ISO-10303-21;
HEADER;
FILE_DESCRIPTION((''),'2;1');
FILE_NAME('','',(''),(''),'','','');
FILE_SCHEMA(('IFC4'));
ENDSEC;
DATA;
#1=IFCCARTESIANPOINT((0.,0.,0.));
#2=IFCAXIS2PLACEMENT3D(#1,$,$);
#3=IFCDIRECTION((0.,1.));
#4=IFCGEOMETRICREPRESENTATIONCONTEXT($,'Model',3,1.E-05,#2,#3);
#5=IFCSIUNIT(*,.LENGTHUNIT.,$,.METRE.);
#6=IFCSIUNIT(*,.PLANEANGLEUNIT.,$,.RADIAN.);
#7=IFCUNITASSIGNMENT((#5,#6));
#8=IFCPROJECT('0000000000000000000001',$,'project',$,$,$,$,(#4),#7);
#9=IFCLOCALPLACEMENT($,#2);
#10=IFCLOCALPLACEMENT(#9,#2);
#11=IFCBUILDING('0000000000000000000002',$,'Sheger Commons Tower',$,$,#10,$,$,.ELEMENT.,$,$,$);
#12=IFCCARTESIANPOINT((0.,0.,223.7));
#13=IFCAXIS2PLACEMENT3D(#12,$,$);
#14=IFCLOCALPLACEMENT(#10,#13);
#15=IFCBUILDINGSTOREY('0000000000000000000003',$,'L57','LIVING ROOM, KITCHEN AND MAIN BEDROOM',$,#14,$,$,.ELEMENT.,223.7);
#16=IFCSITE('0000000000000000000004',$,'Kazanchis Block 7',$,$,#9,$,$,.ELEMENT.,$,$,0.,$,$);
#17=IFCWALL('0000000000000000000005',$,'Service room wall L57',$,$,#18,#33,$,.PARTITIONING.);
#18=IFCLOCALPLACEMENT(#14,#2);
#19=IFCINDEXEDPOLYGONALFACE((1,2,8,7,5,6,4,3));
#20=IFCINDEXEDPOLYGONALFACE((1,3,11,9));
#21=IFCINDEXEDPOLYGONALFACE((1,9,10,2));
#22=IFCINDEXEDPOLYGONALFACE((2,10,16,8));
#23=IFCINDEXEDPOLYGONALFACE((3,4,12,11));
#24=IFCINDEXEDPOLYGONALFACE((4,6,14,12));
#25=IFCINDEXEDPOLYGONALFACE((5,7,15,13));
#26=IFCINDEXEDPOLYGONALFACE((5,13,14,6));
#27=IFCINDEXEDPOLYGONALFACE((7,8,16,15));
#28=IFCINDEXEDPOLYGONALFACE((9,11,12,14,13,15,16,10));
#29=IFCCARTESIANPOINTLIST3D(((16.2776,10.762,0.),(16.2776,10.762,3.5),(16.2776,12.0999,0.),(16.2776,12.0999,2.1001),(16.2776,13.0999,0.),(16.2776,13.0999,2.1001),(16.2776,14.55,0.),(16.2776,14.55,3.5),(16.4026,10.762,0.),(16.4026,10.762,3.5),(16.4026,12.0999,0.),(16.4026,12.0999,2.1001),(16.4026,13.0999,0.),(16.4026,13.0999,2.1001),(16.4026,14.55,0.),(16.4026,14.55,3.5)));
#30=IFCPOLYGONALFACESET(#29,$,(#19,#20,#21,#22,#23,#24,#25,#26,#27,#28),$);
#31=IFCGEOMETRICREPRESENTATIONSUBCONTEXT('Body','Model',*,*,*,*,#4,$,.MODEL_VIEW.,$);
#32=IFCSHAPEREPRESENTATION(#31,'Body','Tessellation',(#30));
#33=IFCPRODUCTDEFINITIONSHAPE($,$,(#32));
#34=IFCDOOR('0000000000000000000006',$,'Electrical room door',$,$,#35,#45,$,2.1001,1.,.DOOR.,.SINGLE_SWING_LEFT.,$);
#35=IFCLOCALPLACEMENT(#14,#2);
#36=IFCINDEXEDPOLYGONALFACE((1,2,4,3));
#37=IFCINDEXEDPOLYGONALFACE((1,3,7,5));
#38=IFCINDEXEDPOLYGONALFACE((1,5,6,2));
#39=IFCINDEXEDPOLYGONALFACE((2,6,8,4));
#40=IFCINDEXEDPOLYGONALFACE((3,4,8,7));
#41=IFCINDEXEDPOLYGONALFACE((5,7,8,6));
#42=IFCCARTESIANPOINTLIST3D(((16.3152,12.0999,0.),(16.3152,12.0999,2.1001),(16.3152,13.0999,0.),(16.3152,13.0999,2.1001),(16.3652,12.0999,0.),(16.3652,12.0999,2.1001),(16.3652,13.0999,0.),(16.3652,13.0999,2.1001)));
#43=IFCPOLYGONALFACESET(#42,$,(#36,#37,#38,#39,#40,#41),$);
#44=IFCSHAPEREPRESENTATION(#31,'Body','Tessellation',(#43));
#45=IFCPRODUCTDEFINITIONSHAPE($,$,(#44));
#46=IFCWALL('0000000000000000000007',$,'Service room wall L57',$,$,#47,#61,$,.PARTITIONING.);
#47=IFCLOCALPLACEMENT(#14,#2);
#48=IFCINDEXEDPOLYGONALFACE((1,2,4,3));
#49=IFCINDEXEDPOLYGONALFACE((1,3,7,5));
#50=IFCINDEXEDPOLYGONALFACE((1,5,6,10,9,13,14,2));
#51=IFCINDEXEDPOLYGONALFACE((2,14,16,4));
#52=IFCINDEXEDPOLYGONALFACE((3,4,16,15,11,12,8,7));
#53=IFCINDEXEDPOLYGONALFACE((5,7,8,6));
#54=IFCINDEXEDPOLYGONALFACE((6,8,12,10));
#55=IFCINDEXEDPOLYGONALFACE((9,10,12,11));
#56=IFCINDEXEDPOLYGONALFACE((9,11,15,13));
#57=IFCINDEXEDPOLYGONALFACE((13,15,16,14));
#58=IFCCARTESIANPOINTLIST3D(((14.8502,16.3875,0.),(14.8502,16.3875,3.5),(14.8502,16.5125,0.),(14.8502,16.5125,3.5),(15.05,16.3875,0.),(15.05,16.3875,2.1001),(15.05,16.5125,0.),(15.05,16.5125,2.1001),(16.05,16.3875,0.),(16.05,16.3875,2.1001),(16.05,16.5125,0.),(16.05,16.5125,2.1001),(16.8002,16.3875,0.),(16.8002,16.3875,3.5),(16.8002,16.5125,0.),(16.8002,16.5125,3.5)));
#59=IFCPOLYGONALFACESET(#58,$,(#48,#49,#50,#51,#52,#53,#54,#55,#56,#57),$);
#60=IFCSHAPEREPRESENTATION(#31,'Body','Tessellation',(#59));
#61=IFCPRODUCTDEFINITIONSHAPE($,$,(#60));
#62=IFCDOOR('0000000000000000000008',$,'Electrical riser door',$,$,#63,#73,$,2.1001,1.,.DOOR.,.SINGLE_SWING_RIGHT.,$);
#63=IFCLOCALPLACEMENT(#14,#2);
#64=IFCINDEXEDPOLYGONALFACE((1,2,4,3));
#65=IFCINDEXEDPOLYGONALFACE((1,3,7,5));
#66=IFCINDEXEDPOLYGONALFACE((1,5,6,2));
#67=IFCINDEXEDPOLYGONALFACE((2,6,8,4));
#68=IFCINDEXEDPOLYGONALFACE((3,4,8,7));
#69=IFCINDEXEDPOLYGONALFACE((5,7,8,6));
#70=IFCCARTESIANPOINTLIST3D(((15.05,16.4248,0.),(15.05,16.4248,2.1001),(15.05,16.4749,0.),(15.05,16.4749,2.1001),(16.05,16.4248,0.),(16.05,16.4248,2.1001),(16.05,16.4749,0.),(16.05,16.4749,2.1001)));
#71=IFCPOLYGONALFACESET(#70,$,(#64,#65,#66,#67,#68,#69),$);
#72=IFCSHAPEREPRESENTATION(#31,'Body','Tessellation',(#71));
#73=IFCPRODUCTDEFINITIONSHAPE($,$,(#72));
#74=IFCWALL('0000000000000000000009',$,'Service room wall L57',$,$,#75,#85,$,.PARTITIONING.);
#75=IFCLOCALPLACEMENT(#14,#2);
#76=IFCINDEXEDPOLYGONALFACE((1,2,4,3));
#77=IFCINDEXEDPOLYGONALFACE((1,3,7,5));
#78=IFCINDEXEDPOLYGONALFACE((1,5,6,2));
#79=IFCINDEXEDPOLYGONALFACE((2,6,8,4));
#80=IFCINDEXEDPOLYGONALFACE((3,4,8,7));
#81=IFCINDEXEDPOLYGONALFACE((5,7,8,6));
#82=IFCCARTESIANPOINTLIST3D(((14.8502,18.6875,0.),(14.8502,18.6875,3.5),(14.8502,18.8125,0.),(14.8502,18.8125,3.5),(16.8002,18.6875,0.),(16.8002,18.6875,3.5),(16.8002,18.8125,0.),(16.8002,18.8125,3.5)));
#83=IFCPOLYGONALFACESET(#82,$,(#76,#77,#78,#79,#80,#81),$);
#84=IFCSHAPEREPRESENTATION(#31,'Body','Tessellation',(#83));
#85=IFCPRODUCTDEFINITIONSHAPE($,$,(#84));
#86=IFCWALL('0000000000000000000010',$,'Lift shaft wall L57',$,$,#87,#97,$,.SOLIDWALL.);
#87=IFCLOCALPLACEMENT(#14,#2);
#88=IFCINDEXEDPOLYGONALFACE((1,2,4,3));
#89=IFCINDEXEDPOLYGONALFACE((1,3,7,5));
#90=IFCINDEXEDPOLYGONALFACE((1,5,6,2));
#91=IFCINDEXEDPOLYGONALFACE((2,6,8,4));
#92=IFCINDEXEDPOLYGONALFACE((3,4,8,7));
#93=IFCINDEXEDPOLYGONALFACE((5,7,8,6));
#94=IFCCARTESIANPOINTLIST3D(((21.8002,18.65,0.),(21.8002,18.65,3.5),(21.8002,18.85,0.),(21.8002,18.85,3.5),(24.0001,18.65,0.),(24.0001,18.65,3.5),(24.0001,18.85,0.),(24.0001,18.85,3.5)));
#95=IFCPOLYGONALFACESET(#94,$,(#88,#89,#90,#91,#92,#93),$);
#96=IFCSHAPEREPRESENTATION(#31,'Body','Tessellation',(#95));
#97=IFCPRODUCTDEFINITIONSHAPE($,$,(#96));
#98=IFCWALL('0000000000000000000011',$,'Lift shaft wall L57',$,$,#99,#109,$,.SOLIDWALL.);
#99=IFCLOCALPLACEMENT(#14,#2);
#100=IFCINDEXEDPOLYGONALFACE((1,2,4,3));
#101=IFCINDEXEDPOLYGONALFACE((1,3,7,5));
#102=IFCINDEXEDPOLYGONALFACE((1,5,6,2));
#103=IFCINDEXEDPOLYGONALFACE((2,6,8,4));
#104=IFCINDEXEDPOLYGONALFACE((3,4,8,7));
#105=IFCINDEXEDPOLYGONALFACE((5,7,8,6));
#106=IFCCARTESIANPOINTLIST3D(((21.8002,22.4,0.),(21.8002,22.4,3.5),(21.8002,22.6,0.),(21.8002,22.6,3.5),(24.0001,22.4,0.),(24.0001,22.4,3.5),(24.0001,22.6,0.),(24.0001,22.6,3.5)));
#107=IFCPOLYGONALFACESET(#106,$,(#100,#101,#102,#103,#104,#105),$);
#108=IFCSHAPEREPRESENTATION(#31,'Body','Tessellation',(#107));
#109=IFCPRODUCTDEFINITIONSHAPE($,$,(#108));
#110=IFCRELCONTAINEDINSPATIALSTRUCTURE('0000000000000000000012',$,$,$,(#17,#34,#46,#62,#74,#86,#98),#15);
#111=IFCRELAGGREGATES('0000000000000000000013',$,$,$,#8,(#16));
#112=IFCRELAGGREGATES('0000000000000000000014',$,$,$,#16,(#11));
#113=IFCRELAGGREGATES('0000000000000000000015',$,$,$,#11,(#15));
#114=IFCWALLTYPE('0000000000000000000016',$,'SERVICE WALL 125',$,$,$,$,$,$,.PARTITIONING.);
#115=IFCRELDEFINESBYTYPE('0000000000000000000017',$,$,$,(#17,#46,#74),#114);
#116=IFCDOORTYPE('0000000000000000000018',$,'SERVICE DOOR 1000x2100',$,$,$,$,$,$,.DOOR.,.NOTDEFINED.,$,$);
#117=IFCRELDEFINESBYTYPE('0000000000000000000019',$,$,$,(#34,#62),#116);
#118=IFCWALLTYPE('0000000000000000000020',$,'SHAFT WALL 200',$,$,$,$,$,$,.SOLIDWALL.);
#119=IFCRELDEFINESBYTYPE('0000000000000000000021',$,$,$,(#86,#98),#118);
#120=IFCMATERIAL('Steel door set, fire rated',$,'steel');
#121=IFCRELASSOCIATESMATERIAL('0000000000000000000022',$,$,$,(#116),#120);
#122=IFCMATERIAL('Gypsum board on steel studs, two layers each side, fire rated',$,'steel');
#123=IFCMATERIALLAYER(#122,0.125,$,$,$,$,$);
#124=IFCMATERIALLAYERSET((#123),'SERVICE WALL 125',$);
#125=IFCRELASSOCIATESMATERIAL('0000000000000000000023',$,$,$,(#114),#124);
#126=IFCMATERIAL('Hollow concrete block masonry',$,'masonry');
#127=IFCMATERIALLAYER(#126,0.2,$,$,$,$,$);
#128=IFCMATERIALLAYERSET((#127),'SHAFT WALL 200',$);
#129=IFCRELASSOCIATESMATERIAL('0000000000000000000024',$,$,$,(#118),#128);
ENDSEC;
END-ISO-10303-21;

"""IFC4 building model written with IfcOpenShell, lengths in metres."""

from ifc_helpers import new_model, si_unit, direction, frame, frame_2d, origin, place, context, subcontext, project, spatial, rectangle, extrude, material, layer, layer_set, type_object, element, fill, save


model = new_model("IFC4")

# Units and contexts
model_context = context("Model", 3, precision=1e-05, world=origin(), true_north=direction((0.0, 1.0)))
body_context = subcontext(model_context, "Body", "Model", "MODEL_VIEW")
ifc_project = project(units=[si_unit("LENGTHUNIT", "METRE"), si_unit("PLANEANGLEUNIT", "RADIAN")], contexts=[model_context])

# Site, building, storey
site_placement = place(None, origin())
site = spatial("IfcSite", under=ifc_project, at=site_placement, Name="Kazanchis Block 7", CompositionType="ELEMENT", RefElevation=0.0)
building_placement = place(site_placement, origin())
building = spatial("IfcBuilding", under=site, at=building_placement, Name="Sheger Commons Tower", CompositionType="ELEMENT")
storey_placement = place(building_placement, frame((0.0, 0.0, 223.7)))
storey = spatial("IfcBuildingStorey", under=building, at=storey_placement, Name="L57", Description="LIVING ROOM, KITCHEN AND MAIN BEDROOM", CompositionType="ELEMENT", Elevation=223.7)

# Shared definitions
ifc_material_1 = material(Name="Steel door set, fire rated", Category="steel")
door_type_1 = type_object("IfcDoorType", Name="SERVICE DOOR 1000x2100", OperationType="NOTDEFINED", PredefinedType="DOOR", material=ifc_material_1)

# Walls, openings, doors
ifc_material_2 = material(Name="Gypsum board on steel studs, two layers each side, fire rated", Category="steel")
ifc_layer_1 = layer(ifc_material_2, 0.125)
ifc_layer_set_1 = layer_set([ifc_layer_1], Name="SERVICE WALL 125")
wall_type_1 = type_object("IfcWallType", Name="SERVICE WALL 125", PredefinedType="PARTITIONING", material=ifc_layer_set_1)
wall_1_placement = place(storey_placement, frame((16.3401, 10.762, 0.0), z_axis=(0.0, 0.0, 1.0), x_axis=(0.0, 1.0, 0.0)))
wall_1 = element("IfcWall", 1, at=wall_1_placement, inside=storey, type_object=wall_type_1, Name="Service room wall L57", PredefinedType="PARTITIONING", context=body_context, shape_type="SweptSolid", body=[
    extrude(rectangle(XDim=3.7881, YDim=0.125, at=frame_2d((1.894, 0.0))), origin(), (0.0, 0.0, 1.0), 3.5),
])
opening_1_placement = place(wall_1_placement, frame((1.3379, 0.0, 0.0)))
opening_1 = element("IfcOpeningElement", 2, at=opening_1_placement, cuts=wall_1, PredefinedType="OPENING", context=body_context, shape_type="SweptSolid", body=[
    extrude(rectangle(XDim=1.0, YDim=2.1001, at=frame_2d((0.5, 1.05))), frame((0.0, 0.0725, 0.0), z_axis=(0.0, -1.0, 0.0), x_axis=(1.0, 0.0, 0.0)), (0.0, 0.0, 1.0), 0.145),
])
door_1_placement = place(opening_1_placement, origin())
door_1 = element("IfcDoor", 3, at=door_1_placement, inside=storey, type_object=door_type_1, Name="Electrical room door", OperationType="SINGLE_SWING_LEFT", OverallHeight=2.1001, OverallWidth=1.0, PredefinedType="DOOR", context=body_context, shape_type="SweptSolid", body=[
    extrude(rectangle(XDim=1.0, YDim=2.1001, at=frame_2d((0.5, 1.05))), frame((0.0, 0.0249, 0.0), z_axis=(0.0, -1.0, 0.0), x_axis=(1.0, 0.0, 0.0)), (0.0, 0.0, 1.0), 0.05),
])
fill(opening_1, door_1)
wall_2_placement = place(storey_placement, frame((14.8501, 16.45, 0.0), z_axis=(0.0, 0.0, 1.0), x_axis=(1.0, 0.0, 0.0)))
wall_2 = element("IfcWall", 4, at=wall_2_placement, inside=storey, type_object=wall_type_1, Name="Service room wall L57", PredefinedType="PARTITIONING", context=body_context, shape_type="SweptSolid", body=[
    extrude(rectangle(XDim=1.95, YDim=0.125, at=frame_2d((0.9751, 0.0))), origin(), (0.0, 0.0, 1.0), 3.5),
])
opening_2_placement = place(wall_2_placement, frame((0.2, 0.0, 0.0)))
opening_2 = element("IfcOpeningElement", 5, at=opening_2_placement, cuts=wall_2, PredefinedType="OPENING", context=body_context, shape_type="SweptSolid", body=[
    extrude(rectangle(XDim=1.0, YDim=2.1001, at=frame_2d((0.5, 1.05))), frame((0.0, 0.0725, 0.0), z_axis=(0.0, -1.0, 0.0), x_axis=(1.0, 0.0, 0.0)), (0.0, 0.0, 1.0), 0.145),
])
door_2_placement = place(opening_2_placement, origin())
door_2 = element("IfcDoor", 6, at=door_2_placement, inside=storey, type_object=door_type_1, Name="Electrical riser door", OperationType="SINGLE_SWING_RIGHT", OverallHeight=2.1001, OverallWidth=1.0, PredefinedType="DOOR", context=body_context, shape_type="SweptSolid", body=[
    extrude(rectangle(XDim=1.0, YDim=2.1001, at=frame_2d((0.5, 1.05))), frame((0.0, 0.0249, 0.0), z_axis=(0.0, -1.0, 0.0), x_axis=(1.0, 0.0, 0.0)), (0.0, 0.0, 1.0), 0.05),
])
fill(opening_2, door_2)

# Walls
wall_3_placement = place(storey_placement, frame((14.8501, 18.75, 0.0), z_axis=(0.0, 0.0, 1.0), x_axis=(1.0, 0.0, 0.0)))
element("IfcWall", 7, at=wall_3_placement, inside=storey, type_object=wall_type_1, Name="Service room wall L57", PredefinedType="PARTITIONING", context=body_context, shape_type="SweptSolid", body=[
    extrude(rectangle(XDim=1.95, YDim=0.125, at=frame_2d((0.9751, 0.0))), origin(), (0.0, 0.0, 1.0), 3.5),
])
ifc_material_3 = material(Name="Hollow concrete block masonry", Category="masonry")
ifc_layer_2 = layer(ifc_material_3, 0.2)
ifc_layer_set_2 = layer_set([ifc_layer_2], Name="SHAFT WALL 200")
wall_type_2 = type_object("IfcWallType", Name="SHAFT WALL 200", PredefinedType="SOLIDWALL", material=ifc_layer_set_2)
for number, where, z_axis, x_axis, name in (
    (8, (21.8, 18.75, 0.0), (0.0, 0.0, 1.0), (1.0, 0.0, 0.0), "Lift shaft wall L57"),
    (9, (21.8, 22.5, 0.0), (0.0, 0.0, 1.0), (1.0, 0.0, 0.0), "Lift shaft wall L57"),
):
    element("IfcWall", number, at=place(storey_placement, frame(where, z_axis=z_axis, x_axis=x_axis)), inside=storey, type_object=wall_type_2, Name=name, PredefinedType="SOLIDWALL", context=body_context, shape_type="SweptSolid", body=[
        extrude(rectangle(XDim=2.2, YDim=0.2, at=frame_2d((1.1001, 0.0))), origin(), (0.0, 0.0, 1.0), 3.5),
    ])

save(model, "model.ifc")
